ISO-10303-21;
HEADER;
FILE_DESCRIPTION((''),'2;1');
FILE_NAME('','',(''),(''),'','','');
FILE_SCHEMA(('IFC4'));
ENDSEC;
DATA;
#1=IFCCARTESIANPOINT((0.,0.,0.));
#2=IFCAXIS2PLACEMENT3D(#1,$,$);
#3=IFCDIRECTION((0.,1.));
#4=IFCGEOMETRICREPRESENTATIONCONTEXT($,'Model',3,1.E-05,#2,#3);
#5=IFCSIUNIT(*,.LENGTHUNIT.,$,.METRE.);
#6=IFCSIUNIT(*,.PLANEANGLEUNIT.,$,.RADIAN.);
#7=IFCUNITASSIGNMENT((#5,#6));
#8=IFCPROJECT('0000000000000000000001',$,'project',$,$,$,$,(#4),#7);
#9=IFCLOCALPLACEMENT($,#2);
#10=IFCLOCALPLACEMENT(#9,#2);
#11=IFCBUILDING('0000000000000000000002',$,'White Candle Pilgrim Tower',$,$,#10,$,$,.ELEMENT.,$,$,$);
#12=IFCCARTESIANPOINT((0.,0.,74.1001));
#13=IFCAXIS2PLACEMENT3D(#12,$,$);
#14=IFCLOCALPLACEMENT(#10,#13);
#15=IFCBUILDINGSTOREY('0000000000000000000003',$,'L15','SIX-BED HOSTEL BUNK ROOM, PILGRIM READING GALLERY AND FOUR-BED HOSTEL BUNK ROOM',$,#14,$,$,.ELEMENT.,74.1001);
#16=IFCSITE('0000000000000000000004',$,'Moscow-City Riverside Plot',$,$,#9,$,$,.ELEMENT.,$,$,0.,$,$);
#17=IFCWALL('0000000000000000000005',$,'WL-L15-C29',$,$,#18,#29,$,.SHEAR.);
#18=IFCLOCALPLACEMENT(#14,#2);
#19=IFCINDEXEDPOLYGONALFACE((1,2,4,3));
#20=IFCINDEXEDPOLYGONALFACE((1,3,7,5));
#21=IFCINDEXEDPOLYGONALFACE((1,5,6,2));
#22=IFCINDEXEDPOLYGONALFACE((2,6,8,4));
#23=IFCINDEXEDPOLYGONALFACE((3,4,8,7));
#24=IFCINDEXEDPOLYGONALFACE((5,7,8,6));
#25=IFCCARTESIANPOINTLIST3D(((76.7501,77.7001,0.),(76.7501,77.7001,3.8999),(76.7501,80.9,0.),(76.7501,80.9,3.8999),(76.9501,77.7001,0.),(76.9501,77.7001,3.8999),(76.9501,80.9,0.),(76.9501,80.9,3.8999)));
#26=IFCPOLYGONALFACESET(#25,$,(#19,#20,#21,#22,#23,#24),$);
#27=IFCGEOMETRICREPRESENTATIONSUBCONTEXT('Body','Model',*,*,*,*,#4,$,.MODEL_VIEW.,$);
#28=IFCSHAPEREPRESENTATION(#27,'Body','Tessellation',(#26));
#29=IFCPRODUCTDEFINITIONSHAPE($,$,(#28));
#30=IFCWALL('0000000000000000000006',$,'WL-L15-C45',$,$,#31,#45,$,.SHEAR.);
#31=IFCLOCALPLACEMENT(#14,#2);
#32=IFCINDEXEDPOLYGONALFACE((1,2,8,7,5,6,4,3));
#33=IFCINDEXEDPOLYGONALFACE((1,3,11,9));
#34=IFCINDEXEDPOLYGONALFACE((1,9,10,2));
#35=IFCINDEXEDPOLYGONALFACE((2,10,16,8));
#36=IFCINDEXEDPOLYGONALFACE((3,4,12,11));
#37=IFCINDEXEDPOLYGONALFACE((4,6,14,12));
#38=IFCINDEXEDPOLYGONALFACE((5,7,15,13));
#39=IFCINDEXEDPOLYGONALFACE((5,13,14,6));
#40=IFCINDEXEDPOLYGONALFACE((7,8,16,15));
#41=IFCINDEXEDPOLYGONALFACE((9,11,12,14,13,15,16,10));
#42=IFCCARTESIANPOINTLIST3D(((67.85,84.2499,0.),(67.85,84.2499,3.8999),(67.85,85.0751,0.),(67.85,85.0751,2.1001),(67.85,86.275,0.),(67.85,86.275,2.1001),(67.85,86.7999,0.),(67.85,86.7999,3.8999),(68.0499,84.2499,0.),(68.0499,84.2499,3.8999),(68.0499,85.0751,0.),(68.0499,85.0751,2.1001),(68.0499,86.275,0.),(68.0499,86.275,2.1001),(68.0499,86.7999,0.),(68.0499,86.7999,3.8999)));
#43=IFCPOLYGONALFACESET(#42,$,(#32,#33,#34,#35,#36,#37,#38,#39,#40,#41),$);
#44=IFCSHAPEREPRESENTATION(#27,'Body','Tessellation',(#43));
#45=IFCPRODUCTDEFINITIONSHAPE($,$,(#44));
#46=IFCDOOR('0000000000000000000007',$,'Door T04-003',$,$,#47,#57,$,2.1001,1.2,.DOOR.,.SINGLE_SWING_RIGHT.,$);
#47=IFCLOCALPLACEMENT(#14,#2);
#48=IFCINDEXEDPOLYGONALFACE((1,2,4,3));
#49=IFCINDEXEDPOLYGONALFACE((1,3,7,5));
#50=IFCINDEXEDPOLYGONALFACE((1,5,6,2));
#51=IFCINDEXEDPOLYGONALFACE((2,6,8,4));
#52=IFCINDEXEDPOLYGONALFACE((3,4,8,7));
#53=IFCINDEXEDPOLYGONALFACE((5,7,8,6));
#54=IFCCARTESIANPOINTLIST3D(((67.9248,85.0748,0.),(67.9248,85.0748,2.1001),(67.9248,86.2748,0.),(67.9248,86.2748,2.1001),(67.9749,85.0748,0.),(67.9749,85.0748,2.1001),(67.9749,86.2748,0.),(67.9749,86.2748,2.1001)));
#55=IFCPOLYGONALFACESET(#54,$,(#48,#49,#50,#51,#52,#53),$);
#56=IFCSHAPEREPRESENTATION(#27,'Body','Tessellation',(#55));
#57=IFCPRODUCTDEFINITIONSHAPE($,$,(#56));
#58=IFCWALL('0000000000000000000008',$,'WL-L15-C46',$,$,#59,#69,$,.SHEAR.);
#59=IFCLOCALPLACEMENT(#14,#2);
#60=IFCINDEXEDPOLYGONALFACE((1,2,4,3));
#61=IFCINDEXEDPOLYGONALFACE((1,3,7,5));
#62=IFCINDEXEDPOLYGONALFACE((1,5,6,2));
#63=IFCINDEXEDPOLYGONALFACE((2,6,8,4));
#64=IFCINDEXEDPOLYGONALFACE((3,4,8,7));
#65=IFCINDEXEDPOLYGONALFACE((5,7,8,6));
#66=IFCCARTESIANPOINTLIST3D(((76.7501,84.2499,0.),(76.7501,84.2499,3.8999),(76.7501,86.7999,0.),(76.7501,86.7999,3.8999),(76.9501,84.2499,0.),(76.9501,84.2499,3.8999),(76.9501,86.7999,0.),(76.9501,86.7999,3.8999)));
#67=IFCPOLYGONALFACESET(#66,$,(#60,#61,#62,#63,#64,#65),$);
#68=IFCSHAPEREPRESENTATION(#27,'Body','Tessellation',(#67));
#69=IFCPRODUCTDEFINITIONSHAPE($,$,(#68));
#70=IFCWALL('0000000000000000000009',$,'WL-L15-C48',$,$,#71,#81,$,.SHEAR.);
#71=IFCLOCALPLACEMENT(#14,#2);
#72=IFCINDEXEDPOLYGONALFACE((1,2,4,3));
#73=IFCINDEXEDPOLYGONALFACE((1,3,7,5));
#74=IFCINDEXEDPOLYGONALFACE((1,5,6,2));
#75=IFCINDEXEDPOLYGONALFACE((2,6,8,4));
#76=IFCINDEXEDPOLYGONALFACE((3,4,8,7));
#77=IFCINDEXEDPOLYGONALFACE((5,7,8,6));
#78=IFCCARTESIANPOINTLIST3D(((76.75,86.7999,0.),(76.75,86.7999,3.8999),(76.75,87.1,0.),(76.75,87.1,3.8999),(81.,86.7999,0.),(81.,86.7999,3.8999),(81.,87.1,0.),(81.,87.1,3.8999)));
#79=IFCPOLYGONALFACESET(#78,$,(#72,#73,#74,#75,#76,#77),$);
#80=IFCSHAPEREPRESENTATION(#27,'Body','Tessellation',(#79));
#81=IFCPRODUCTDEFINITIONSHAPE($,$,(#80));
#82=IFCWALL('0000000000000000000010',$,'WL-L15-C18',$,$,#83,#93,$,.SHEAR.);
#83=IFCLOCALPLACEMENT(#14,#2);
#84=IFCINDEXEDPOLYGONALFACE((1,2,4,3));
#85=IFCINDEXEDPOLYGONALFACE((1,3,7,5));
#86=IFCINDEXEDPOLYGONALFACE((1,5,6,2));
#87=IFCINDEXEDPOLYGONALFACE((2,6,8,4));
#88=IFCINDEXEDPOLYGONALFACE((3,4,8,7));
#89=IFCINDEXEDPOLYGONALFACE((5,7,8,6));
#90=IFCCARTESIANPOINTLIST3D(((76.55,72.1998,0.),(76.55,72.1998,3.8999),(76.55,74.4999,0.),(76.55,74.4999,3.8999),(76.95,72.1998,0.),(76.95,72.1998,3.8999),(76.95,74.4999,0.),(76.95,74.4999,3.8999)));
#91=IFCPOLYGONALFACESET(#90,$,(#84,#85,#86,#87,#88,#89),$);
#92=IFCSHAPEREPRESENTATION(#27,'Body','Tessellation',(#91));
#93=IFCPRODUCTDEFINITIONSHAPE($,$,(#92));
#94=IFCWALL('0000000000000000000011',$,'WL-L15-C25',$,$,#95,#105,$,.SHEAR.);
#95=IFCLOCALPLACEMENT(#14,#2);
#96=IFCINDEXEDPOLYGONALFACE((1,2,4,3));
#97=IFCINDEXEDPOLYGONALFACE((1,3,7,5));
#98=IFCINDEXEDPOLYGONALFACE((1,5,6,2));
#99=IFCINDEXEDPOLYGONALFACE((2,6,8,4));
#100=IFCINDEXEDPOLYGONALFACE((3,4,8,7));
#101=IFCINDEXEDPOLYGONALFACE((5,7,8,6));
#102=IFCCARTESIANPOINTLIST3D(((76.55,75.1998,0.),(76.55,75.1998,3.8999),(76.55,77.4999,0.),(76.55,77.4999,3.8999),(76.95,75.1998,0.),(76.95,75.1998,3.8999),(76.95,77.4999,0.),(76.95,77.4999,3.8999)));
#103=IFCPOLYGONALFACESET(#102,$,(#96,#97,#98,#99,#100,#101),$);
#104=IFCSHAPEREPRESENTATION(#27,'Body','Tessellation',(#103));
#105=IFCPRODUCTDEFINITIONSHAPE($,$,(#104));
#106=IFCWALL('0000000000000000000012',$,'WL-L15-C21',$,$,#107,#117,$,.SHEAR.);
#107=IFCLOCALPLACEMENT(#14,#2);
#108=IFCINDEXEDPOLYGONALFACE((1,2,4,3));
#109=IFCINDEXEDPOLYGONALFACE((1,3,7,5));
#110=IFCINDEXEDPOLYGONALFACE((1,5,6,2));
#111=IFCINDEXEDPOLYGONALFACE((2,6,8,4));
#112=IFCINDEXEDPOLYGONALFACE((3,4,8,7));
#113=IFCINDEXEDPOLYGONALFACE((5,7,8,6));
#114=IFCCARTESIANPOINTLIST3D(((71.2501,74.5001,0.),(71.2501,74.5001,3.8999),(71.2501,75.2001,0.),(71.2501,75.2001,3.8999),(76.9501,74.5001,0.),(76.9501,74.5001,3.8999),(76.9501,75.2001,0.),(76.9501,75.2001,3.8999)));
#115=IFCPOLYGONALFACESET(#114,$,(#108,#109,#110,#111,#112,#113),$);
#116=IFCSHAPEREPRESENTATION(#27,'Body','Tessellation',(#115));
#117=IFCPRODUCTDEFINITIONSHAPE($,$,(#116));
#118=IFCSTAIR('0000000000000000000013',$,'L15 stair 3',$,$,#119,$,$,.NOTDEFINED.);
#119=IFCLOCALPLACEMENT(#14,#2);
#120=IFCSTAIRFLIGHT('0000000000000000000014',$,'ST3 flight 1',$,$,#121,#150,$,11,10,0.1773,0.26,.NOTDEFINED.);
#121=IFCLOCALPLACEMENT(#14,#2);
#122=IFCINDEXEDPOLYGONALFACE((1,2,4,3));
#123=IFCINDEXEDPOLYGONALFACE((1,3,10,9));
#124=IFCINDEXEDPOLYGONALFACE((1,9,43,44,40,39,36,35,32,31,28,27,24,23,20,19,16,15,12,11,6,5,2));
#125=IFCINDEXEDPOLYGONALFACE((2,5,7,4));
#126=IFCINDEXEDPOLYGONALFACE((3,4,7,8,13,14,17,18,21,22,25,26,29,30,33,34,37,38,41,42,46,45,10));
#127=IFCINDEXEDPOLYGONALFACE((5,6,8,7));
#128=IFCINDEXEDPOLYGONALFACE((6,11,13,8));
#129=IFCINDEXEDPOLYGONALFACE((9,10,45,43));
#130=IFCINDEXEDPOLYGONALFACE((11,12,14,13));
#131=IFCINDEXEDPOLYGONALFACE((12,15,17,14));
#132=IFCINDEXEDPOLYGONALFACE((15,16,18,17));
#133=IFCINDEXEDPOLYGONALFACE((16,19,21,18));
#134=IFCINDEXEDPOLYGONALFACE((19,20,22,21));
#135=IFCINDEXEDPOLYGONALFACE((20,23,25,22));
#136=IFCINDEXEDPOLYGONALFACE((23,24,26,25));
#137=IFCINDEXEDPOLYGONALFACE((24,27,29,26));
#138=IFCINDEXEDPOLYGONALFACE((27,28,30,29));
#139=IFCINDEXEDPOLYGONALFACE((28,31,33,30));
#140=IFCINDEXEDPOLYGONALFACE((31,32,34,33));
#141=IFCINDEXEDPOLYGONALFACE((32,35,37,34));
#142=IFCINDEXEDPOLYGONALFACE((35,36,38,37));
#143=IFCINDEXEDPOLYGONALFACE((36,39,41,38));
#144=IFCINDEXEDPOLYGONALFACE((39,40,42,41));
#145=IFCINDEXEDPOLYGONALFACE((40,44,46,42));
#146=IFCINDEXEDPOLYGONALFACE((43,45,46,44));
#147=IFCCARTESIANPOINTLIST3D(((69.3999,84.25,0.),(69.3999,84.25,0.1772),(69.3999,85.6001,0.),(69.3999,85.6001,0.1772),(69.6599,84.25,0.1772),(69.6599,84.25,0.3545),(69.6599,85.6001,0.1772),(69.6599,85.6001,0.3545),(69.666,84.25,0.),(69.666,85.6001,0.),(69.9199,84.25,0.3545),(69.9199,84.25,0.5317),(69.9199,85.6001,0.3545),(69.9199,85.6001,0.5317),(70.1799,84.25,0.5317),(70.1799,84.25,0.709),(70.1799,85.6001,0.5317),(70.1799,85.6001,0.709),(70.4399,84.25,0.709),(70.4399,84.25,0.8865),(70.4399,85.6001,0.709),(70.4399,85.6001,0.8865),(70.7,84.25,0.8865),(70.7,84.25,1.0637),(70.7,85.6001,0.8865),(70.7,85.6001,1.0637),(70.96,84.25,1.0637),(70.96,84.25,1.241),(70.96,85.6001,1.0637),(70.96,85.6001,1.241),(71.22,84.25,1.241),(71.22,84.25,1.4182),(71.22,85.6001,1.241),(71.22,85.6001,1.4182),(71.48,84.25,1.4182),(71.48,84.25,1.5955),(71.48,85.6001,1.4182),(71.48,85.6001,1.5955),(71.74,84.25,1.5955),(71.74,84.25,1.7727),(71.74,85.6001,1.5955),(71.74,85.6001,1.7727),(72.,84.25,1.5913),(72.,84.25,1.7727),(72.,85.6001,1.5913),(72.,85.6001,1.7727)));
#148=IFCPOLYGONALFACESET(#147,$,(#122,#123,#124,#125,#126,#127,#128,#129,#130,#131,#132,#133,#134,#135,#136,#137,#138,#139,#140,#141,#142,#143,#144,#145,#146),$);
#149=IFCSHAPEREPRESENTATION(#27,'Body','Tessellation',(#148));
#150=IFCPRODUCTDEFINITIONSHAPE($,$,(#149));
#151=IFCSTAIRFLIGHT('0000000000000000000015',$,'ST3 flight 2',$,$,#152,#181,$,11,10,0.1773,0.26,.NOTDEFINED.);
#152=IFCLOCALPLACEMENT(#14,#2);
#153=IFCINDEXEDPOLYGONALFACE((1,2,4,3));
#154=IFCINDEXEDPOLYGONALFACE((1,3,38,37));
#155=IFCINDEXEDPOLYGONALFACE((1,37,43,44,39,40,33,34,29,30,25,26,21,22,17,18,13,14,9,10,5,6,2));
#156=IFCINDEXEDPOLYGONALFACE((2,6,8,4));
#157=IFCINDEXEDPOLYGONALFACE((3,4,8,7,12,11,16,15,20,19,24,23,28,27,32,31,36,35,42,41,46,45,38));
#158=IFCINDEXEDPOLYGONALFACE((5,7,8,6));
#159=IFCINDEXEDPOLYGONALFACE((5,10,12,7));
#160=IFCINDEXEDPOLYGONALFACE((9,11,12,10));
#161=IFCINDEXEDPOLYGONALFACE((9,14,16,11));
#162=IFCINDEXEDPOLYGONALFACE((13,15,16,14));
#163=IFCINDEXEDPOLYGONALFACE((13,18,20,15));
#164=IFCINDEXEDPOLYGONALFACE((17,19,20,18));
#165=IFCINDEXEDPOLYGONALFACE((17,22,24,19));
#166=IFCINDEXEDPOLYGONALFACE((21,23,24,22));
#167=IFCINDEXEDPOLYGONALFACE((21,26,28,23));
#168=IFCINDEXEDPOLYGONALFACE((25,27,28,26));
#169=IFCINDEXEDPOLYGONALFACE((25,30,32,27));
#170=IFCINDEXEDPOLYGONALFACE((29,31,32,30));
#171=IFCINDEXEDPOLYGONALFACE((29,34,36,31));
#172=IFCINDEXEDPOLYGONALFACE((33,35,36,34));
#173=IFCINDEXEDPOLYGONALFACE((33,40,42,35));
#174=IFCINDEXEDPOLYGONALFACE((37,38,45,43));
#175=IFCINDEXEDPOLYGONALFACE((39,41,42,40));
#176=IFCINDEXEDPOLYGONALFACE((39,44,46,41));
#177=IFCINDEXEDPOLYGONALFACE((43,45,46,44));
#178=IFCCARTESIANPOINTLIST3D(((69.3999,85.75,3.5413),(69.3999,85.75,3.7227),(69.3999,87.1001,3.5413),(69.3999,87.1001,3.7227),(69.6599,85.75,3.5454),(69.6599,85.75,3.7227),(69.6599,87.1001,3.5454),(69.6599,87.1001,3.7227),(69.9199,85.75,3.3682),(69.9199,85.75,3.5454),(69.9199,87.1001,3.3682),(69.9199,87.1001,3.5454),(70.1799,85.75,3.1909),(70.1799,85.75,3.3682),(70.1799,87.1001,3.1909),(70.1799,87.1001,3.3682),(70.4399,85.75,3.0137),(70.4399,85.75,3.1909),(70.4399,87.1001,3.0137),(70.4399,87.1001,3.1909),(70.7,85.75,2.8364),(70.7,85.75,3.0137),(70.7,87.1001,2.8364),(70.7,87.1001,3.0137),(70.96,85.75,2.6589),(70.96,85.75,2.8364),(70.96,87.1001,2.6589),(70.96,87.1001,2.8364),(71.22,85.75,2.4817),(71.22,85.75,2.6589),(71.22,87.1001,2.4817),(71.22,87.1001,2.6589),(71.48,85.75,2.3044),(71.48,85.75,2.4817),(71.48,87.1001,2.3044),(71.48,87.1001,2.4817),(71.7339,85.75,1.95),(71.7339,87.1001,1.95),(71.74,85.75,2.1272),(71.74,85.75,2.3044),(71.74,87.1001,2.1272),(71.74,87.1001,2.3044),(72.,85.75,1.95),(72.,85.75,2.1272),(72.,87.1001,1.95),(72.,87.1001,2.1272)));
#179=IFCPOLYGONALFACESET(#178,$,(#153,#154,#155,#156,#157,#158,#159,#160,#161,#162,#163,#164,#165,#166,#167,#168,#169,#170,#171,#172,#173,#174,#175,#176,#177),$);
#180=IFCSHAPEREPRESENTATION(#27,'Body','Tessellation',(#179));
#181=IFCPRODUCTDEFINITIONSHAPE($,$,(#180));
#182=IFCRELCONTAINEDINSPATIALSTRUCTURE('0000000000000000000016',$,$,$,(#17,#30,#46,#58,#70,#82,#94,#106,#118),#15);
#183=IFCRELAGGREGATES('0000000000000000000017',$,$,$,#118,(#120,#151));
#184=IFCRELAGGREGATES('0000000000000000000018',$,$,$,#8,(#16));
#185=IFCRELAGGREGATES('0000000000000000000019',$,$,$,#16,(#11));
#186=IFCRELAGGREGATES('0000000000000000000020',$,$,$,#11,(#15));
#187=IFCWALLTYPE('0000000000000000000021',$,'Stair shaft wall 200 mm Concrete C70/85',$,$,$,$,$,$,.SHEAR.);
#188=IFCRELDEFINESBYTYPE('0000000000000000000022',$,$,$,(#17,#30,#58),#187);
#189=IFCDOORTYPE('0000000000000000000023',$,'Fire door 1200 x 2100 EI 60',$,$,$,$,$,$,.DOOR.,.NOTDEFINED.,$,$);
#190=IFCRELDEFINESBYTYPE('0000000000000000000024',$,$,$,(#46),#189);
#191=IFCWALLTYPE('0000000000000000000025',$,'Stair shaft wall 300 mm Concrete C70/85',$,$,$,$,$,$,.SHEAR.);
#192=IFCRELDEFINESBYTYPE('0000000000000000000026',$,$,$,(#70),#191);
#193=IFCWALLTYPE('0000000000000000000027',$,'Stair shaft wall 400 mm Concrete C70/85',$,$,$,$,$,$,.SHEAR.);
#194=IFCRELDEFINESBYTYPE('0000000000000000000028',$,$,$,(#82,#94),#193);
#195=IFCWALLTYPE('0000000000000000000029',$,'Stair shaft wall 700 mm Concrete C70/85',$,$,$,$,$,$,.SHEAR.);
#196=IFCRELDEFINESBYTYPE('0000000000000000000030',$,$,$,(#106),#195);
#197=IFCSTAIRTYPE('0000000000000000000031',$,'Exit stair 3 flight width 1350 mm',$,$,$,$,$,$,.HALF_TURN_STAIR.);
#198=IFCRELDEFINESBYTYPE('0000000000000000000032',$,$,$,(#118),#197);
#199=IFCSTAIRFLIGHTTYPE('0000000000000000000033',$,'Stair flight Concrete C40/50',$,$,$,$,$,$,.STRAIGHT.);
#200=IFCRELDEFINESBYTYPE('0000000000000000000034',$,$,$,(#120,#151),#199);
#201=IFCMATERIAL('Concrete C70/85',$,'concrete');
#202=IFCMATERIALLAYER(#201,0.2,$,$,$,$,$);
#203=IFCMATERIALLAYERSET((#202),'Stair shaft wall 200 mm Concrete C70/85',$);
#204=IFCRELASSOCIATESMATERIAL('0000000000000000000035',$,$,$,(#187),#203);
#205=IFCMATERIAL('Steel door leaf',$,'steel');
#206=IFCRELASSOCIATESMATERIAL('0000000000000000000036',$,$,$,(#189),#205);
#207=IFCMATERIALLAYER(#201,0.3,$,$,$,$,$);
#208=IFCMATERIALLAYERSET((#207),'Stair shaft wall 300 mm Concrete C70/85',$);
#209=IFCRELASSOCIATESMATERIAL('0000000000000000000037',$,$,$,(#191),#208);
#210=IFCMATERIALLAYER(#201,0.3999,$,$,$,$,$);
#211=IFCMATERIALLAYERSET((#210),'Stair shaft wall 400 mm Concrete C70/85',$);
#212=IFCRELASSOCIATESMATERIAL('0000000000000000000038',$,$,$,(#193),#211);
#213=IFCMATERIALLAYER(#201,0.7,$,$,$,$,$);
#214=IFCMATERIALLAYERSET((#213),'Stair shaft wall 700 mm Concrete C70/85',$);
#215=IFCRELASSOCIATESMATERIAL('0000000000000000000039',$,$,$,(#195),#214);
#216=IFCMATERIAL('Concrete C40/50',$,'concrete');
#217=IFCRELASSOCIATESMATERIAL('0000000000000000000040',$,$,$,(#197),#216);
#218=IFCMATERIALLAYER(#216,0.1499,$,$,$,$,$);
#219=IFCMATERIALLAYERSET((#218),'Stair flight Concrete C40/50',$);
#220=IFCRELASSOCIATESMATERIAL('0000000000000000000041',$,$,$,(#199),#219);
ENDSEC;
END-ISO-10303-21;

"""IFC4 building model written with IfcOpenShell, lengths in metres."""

from ifc_helpers import new_model, si_unit, direction, frame, frame_2d, origin, place, context, subcontext, project, spatial, polyline, rectangle, outline, extrude, material, layer, layer_set, type_object, element, fill, aggregate, save


model = new_model("IFC4")

# Units and contexts
model_context = context("Model", 3, precision=1e-05, world=origin(), true_north=direction((0.0, 1.0)))
body_context = subcontext(model_context, "Body", "Model", "MODEL_VIEW")
ifc_project = project(units=[si_unit("LENGTHUNIT", "METRE"), si_unit("PLANEANGLEUNIT", "RADIAN")], contexts=[model_context])

# Site, building, storey
site_placement = place(None, origin())
site = spatial("IfcSite", under=ifc_project, at=site_placement, Name="Moscow-City Riverside Plot", CompositionType="ELEMENT", RefElevation=0.0)
building_placement = place(site_placement, origin())
building = spatial("IfcBuilding", under=site, at=building_placement, Name="White Candle Pilgrim Tower", CompositionType="ELEMENT")
storey_placement = place(building_placement, frame((0.0, 0.0, 74.1001)))
storey = spatial("IfcBuildingStorey", under=building, at=storey_placement, Name="L15", Description="SIX-BED HOSTEL BUNK ROOM, PILGRIM READING GALLERY AND FOUR-BED HOSTEL BUNK ROOM", CompositionType="ELEMENT", Elevation=74.1001)

# Shared definitions
ifc_material_1 = material(Name="Concrete C70/85", Category="concrete")

# Shared definitions
ifc_layer_1 = layer(ifc_material_1, 0.2)
ifc_layer_set_1 = layer_set([ifc_layer_1], Name="Stair shaft wall 200 mm Concrete C70/85")
wall_type_1 = type_object("IfcWallType", Name="Stair shaft wall 200 mm Concrete C70/85", PredefinedType="SHEAR", material=ifc_layer_set_1)
ifc_material_2 = material(Name="Steel door leaf", Category="steel")

# Wall
wall_1_placement = place(storey_placement, frame((76.8501, 77.7, 0.0), z_axis=(0.0, 0.0, 1.0), x_axis=(0.0, 1.0, 0.0)))
element("IfcWall", 1, at=wall_1_placement, inside=storey, type_object=wall_type_1, Name="WL-L15-C29", PredefinedType="SHEAR", context=body_context, shape_type="SweptSolid", body=[
    extrude(rectangle(XDim=3.2, YDim=0.2, at=frame_2d((1.6001, 0.0))), origin(), (0.0, 0.0, 1.0), 3.8999),
])

# Wall, opening, door
wall_2_placement = place(storey_placement, frame((67.95, 84.25, 0.0), z_axis=(0.0, 0.0, 1.0), x_axis=(0.0, 1.0, 0.0)))
wall_2 = element("IfcWall", 2, at=wall_2_placement, inside=storey, type_object=wall_type_1, Name="WL-L15-C45", PredefinedType="SHEAR", context=body_context, shape_type="SweptSolid", body=[
    extrude(rectangle(XDim=2.55, YDim=0.2, at=frame_2d((1.2749, 0.0))), origin(), (0.0, 0.0, 1.0), 3.8999),
])
opening_1_placement = place(wall_2_placement, frame((0.825, 0.0, 0.0)))
opening_1 = element("IfcOpeningElement", 3, at=opening_1_placement, cuts=wall_2, PredefinedType="OPENING", context=body_context, shape_type="SweptSolid", body=[
    extrude(rectangle(XDim=1.2, YDim=2.1001, at=frame_2d((0.6001, 1.05))), frame((0.0, 0.1099, 0.0), z_axis=(0.0, -1.0, 0.0), x_axis=(1.0, 0.0, 0.0)), (0.0, 0.0, 1.0), 0.22),
])
door_type_1 = type_object("IfcDoorType", Name="Fire door 1200 x 2100 EI 60", OperationType="NOTDEFINED", PredefinedType="DOOR", material=ifc_material_2)
door_1_placement = place(opening_1_placement, frame((1.2, 0.0, 0.0), z_axis=(0.0, 0.0, 1.0), x_axis=(-1.0, 0.0, 0.0)))
door_1 = element("IfcDoor", 4, at=door_1_placement, inside=storey, type_object=door_type_1, Name="Door T04-003", OperationType="SINGLE_SWING_RIGHT", OverallHeight=2.1001, OverallWidth=1.2, PredefinedType="DOOR", context=body_context, shape_type="SweptSolid", body=[
    extrude(rectangle(XDim=1.2, YDim=2.1001, at=frame_2d((0.6001, 1.05))), frame((0.0, 0.0249, 0.0), z_axis=(0.0, -1.0, 0.0), x_axis=(1.0, 0.0, 0.0)), (0.0, 0.0, 1.0), 0.05),
])
fill(opening_1, door_1)

# Walls
wall_3_placement = place(storey_placement, frame((76.8501, 84.25, 0.0), z_axis=(0.0, 0.0, 1.0), x_axis=(0.0, 1.0, 0.0)))
element("IfcWall", 5, at=wall_3_placement, inside=storey, type_object=wall_type_1, Name="WL-L15-C46", PredefinedType="SHEAR", context=body_context, shape_type="SweptSolid", body=[
    extrude(rectangle(XDim=2.55, YDim=0.2, at=frame_2d((1.2749, 0.0))), origin(), (0.0, 0.0, 1.0), 3.8999),
])
ifc_layer_2 = layer(ifc_material_1, 0.3)
ifc_layer_set_2 = layer_set([ifc_layer_2], Name="Stair shaft wall 300 mm Concrete C70/85")
wall_type_2 = type_object("IfcWallType", Name="Stair shaft wall 300 mm Concrete C70/85", PredefinedType="SHEAR", material=ifc_layer_set_2)
wall_4_placement = place(storey_placement, frame((76.75, 86.95, 0.0), z_axis=(0.0, 0.0, 1.0), x_axis=(1.0, 0.0, 0.0)))
element("IfcWall", 6, at=wall_4_placement, inside=storey, type_object=wall_type_2, Name="WL-L15-C48", PredefinedType="SHEAR", context=body_context, shape_type="SweptSolid", body=[
    extrude(rectangle(XDim=4.25, YDim=0.3, at=frame_2d((2.125, 0.0))), origin(), (0.0, 0.0, 1.0), 3.8999),
])
ifc_layer_3 = layer(ifc_material_1, 0.3999)
ifc_layer_set_3 = layer_set([ifc_layer_3], Name="Stair shaft wall 400 mm Concrete C70/85")
wall_type_3 = type_object("IfcWallType", Name="Stair shaft wall 400 mm Concrete C70/85", PredefinedType="SHEAR", material=ifc_layer_set_3)
for number, where, z_axis, x_axis, name in (
    (7, (76.75, 72.2, 0.0), (0.0, 0.0, 1.0), (0.0, 1.0, 0.0), "WL-L15-C18"),
    (8, (76.75, 75.2, 0.0), (0.0, 0.0, 1.0), (0.0, 1.0, 0.0), "WL-L15-C25"),
):
    element("IfcWall", number, at=place(storey_placement, frame(where, z_axis=z_axis, x_axis=x_axis)), inside=storey, type_object=wall_type_3, Name=name, PredefinedType="SHEAR", context=body_context, shape_type="SweptSolid", body=[
        extrude(rectangle(XDim=2.3, YDim=0.3999, at=frame_2d((1.1499, 0.0))), origin(), (0.0, 0.0, 1.0), 3.8999),
    ])
ifc_layer_4 = layer(ifc_material_1, 0.7)
ifc_layer_set_4 = layer_set([ifc_layer_4], Name="Stair shaft wall 700 mm Concrete C70/85")
wall_type_4 = type_object("IfcWallType", Name="Stair shaft wall 700 mm Concrete C70/85", PredefinedType="SHEAR", material=ifc_layer_set_4)
wall_5_placement = place(storey_placement, frame((71.25, 74.8501, 0.0), z_axis=(0.0, 0.0, 1.0), x_axis=(1.0, 0.0, 0.0)))
element("IfcWall", 9, at=wall_5_placement, inside=storey, type_object=wall_type_4, Name="WL-L15-C21", PredefinedType="SHEAR", context=body_context, shape_type="SweptSolid", body=[
    extrude(rectangle(XDim=5.7, YDim=0.7, at=frame_2d((2.8501, 0.0))), origin(), (0.0, 0.0, 1.0), 3.8999),
])

# Stair, stair flights
ifc_material_3 = material(Name="Concrete C40/50", Category="concrete")
stair_type = type_object("IfcStairType", Name="Exit stair 3 flight width 1350 mm", PredefinedType="HALF_TURN_STAIR", material=ifc_material_3)
stair_placement = place(storey_placement, origin())
stair = element("IfcStair", 10, at=stair_placement, inside=storey, type_object=stair_type, Name="L15 stair 3", PredefinedType="NOTDEFINED")
ifc_layer_5 = layer(ifc_material_3, 0.1499)
ifc_layer_set_5 = layer_set([ifc_layer_5], Name="Stair flight Concrete C40/50")
stair_flight_type = type_object("IfcStairFlightType", Name="Stair flight Concrete C40/50", PredefinedType="STRAIGHT", material=ifc_layer_set_5)
stair_flight_1_placement = place(storey_placement, frame((69.3999, 84.925, 0.0), z_axis=(0.0, 0.0, 1.0), x_axis=(1.0, 0.0, 0.0)))
stair_flight_1 = element("IfcStairFlight", 11, at=stair_flight_1_placement, type_object=stair_flight_type, Name="ST3 flight 1", NumberOfRisers=11, NumberOfTreads=10, PredefinedType="NOTDEFINED", RiserHeight=0.1773, TreadLength=0.26, context=body_context, shape_type="SweptSolid", body=[
    extrude(outline(polyline([(0.0, 0.0), (0.0, 0.1772), (0.26, 0.1772), (0.26, 0.3545), (0.52, 0.3545), (0.52, 0.5317), (0.78, 0.5317), (0.78, 0.709), (1.04, 0.709), (1.04, 0.8865), (1.3, 0.8865), (1.3, 1.0637), (1.5601, 1.0637), (1.5601, 1.241), (1.8201, 1.241), (1.8201, 1.4182), (2.0801, 1.4182), (2.0801, 1.5955), (2.3401, 1.5955), (2.3401, 1.7727), (2.6001, 1.7727), (2.6001, 1.95), (2.6001, 1.5913), (0.2661, 0.0), (0.0, 0.0)])), frame((0.0, 0.675, 0.0), z_axis=(0.0, -1.0, 0.0), x_axis=(1.0, 0.0, 0.0)), (0.0, 0.0, 1.0), 1.3501),
])
stair_flight_2_placement = place(storey_placement, frame((72.0, 86.425, 1.95), z_axis=(0.0, 0.0, 1.0), x_axis=(-1.0, 0.0, 0.0)))
stair_flight_2 = element("IfcStairFlight", 12, at=stair_flight_2_placement, type_object=stair_flight_type, Name="ST3 flight 2", NumberOfRisers=11, NumberOfTreads=10, PredefinedType="NOTDEFINED", RiserHeight=0.1773, TreadLength=0.26, context=body_context, shape_type="SweptSolid", body=[
    extrude(outline(polyline([(0.0, 0.0), (0.0, 0.1772), (0.26, 0.1772), (0.26, 0.3545), (0.52, 0.3545), (0.52, 0.5317), (0.78, 0.5317), (0.78, 0.709), (1.04, 0.709), (1.04, 0.8865), (1.3, 0.8865), (1.3, 1.0637), (1.5601, 1.0637), (1.5601, 1.241), (1.8201, 1.241), (1.8201, 1.4182), (2.0801, 1.4182), (2.0801, 1.5955), (2.3401, 1.5955), (2.3401, 1.7727), (2.6001, 1.7727), (2.6001, 1.95), (2.6001, 1.5913), (0.2661, 0.0), (0.0, 0.0)])), frame((0.0, 0.675, 0.0), z_axis=(0.0, -1.0, 0.0), x_axis=(1.0, 0.0, 0.0)), (0.0, 0.0, 1.0), 1.3501),
])
aggregate(stair, [stair_flight_1, stair_flight_2])

save(model, "model.ifc")
